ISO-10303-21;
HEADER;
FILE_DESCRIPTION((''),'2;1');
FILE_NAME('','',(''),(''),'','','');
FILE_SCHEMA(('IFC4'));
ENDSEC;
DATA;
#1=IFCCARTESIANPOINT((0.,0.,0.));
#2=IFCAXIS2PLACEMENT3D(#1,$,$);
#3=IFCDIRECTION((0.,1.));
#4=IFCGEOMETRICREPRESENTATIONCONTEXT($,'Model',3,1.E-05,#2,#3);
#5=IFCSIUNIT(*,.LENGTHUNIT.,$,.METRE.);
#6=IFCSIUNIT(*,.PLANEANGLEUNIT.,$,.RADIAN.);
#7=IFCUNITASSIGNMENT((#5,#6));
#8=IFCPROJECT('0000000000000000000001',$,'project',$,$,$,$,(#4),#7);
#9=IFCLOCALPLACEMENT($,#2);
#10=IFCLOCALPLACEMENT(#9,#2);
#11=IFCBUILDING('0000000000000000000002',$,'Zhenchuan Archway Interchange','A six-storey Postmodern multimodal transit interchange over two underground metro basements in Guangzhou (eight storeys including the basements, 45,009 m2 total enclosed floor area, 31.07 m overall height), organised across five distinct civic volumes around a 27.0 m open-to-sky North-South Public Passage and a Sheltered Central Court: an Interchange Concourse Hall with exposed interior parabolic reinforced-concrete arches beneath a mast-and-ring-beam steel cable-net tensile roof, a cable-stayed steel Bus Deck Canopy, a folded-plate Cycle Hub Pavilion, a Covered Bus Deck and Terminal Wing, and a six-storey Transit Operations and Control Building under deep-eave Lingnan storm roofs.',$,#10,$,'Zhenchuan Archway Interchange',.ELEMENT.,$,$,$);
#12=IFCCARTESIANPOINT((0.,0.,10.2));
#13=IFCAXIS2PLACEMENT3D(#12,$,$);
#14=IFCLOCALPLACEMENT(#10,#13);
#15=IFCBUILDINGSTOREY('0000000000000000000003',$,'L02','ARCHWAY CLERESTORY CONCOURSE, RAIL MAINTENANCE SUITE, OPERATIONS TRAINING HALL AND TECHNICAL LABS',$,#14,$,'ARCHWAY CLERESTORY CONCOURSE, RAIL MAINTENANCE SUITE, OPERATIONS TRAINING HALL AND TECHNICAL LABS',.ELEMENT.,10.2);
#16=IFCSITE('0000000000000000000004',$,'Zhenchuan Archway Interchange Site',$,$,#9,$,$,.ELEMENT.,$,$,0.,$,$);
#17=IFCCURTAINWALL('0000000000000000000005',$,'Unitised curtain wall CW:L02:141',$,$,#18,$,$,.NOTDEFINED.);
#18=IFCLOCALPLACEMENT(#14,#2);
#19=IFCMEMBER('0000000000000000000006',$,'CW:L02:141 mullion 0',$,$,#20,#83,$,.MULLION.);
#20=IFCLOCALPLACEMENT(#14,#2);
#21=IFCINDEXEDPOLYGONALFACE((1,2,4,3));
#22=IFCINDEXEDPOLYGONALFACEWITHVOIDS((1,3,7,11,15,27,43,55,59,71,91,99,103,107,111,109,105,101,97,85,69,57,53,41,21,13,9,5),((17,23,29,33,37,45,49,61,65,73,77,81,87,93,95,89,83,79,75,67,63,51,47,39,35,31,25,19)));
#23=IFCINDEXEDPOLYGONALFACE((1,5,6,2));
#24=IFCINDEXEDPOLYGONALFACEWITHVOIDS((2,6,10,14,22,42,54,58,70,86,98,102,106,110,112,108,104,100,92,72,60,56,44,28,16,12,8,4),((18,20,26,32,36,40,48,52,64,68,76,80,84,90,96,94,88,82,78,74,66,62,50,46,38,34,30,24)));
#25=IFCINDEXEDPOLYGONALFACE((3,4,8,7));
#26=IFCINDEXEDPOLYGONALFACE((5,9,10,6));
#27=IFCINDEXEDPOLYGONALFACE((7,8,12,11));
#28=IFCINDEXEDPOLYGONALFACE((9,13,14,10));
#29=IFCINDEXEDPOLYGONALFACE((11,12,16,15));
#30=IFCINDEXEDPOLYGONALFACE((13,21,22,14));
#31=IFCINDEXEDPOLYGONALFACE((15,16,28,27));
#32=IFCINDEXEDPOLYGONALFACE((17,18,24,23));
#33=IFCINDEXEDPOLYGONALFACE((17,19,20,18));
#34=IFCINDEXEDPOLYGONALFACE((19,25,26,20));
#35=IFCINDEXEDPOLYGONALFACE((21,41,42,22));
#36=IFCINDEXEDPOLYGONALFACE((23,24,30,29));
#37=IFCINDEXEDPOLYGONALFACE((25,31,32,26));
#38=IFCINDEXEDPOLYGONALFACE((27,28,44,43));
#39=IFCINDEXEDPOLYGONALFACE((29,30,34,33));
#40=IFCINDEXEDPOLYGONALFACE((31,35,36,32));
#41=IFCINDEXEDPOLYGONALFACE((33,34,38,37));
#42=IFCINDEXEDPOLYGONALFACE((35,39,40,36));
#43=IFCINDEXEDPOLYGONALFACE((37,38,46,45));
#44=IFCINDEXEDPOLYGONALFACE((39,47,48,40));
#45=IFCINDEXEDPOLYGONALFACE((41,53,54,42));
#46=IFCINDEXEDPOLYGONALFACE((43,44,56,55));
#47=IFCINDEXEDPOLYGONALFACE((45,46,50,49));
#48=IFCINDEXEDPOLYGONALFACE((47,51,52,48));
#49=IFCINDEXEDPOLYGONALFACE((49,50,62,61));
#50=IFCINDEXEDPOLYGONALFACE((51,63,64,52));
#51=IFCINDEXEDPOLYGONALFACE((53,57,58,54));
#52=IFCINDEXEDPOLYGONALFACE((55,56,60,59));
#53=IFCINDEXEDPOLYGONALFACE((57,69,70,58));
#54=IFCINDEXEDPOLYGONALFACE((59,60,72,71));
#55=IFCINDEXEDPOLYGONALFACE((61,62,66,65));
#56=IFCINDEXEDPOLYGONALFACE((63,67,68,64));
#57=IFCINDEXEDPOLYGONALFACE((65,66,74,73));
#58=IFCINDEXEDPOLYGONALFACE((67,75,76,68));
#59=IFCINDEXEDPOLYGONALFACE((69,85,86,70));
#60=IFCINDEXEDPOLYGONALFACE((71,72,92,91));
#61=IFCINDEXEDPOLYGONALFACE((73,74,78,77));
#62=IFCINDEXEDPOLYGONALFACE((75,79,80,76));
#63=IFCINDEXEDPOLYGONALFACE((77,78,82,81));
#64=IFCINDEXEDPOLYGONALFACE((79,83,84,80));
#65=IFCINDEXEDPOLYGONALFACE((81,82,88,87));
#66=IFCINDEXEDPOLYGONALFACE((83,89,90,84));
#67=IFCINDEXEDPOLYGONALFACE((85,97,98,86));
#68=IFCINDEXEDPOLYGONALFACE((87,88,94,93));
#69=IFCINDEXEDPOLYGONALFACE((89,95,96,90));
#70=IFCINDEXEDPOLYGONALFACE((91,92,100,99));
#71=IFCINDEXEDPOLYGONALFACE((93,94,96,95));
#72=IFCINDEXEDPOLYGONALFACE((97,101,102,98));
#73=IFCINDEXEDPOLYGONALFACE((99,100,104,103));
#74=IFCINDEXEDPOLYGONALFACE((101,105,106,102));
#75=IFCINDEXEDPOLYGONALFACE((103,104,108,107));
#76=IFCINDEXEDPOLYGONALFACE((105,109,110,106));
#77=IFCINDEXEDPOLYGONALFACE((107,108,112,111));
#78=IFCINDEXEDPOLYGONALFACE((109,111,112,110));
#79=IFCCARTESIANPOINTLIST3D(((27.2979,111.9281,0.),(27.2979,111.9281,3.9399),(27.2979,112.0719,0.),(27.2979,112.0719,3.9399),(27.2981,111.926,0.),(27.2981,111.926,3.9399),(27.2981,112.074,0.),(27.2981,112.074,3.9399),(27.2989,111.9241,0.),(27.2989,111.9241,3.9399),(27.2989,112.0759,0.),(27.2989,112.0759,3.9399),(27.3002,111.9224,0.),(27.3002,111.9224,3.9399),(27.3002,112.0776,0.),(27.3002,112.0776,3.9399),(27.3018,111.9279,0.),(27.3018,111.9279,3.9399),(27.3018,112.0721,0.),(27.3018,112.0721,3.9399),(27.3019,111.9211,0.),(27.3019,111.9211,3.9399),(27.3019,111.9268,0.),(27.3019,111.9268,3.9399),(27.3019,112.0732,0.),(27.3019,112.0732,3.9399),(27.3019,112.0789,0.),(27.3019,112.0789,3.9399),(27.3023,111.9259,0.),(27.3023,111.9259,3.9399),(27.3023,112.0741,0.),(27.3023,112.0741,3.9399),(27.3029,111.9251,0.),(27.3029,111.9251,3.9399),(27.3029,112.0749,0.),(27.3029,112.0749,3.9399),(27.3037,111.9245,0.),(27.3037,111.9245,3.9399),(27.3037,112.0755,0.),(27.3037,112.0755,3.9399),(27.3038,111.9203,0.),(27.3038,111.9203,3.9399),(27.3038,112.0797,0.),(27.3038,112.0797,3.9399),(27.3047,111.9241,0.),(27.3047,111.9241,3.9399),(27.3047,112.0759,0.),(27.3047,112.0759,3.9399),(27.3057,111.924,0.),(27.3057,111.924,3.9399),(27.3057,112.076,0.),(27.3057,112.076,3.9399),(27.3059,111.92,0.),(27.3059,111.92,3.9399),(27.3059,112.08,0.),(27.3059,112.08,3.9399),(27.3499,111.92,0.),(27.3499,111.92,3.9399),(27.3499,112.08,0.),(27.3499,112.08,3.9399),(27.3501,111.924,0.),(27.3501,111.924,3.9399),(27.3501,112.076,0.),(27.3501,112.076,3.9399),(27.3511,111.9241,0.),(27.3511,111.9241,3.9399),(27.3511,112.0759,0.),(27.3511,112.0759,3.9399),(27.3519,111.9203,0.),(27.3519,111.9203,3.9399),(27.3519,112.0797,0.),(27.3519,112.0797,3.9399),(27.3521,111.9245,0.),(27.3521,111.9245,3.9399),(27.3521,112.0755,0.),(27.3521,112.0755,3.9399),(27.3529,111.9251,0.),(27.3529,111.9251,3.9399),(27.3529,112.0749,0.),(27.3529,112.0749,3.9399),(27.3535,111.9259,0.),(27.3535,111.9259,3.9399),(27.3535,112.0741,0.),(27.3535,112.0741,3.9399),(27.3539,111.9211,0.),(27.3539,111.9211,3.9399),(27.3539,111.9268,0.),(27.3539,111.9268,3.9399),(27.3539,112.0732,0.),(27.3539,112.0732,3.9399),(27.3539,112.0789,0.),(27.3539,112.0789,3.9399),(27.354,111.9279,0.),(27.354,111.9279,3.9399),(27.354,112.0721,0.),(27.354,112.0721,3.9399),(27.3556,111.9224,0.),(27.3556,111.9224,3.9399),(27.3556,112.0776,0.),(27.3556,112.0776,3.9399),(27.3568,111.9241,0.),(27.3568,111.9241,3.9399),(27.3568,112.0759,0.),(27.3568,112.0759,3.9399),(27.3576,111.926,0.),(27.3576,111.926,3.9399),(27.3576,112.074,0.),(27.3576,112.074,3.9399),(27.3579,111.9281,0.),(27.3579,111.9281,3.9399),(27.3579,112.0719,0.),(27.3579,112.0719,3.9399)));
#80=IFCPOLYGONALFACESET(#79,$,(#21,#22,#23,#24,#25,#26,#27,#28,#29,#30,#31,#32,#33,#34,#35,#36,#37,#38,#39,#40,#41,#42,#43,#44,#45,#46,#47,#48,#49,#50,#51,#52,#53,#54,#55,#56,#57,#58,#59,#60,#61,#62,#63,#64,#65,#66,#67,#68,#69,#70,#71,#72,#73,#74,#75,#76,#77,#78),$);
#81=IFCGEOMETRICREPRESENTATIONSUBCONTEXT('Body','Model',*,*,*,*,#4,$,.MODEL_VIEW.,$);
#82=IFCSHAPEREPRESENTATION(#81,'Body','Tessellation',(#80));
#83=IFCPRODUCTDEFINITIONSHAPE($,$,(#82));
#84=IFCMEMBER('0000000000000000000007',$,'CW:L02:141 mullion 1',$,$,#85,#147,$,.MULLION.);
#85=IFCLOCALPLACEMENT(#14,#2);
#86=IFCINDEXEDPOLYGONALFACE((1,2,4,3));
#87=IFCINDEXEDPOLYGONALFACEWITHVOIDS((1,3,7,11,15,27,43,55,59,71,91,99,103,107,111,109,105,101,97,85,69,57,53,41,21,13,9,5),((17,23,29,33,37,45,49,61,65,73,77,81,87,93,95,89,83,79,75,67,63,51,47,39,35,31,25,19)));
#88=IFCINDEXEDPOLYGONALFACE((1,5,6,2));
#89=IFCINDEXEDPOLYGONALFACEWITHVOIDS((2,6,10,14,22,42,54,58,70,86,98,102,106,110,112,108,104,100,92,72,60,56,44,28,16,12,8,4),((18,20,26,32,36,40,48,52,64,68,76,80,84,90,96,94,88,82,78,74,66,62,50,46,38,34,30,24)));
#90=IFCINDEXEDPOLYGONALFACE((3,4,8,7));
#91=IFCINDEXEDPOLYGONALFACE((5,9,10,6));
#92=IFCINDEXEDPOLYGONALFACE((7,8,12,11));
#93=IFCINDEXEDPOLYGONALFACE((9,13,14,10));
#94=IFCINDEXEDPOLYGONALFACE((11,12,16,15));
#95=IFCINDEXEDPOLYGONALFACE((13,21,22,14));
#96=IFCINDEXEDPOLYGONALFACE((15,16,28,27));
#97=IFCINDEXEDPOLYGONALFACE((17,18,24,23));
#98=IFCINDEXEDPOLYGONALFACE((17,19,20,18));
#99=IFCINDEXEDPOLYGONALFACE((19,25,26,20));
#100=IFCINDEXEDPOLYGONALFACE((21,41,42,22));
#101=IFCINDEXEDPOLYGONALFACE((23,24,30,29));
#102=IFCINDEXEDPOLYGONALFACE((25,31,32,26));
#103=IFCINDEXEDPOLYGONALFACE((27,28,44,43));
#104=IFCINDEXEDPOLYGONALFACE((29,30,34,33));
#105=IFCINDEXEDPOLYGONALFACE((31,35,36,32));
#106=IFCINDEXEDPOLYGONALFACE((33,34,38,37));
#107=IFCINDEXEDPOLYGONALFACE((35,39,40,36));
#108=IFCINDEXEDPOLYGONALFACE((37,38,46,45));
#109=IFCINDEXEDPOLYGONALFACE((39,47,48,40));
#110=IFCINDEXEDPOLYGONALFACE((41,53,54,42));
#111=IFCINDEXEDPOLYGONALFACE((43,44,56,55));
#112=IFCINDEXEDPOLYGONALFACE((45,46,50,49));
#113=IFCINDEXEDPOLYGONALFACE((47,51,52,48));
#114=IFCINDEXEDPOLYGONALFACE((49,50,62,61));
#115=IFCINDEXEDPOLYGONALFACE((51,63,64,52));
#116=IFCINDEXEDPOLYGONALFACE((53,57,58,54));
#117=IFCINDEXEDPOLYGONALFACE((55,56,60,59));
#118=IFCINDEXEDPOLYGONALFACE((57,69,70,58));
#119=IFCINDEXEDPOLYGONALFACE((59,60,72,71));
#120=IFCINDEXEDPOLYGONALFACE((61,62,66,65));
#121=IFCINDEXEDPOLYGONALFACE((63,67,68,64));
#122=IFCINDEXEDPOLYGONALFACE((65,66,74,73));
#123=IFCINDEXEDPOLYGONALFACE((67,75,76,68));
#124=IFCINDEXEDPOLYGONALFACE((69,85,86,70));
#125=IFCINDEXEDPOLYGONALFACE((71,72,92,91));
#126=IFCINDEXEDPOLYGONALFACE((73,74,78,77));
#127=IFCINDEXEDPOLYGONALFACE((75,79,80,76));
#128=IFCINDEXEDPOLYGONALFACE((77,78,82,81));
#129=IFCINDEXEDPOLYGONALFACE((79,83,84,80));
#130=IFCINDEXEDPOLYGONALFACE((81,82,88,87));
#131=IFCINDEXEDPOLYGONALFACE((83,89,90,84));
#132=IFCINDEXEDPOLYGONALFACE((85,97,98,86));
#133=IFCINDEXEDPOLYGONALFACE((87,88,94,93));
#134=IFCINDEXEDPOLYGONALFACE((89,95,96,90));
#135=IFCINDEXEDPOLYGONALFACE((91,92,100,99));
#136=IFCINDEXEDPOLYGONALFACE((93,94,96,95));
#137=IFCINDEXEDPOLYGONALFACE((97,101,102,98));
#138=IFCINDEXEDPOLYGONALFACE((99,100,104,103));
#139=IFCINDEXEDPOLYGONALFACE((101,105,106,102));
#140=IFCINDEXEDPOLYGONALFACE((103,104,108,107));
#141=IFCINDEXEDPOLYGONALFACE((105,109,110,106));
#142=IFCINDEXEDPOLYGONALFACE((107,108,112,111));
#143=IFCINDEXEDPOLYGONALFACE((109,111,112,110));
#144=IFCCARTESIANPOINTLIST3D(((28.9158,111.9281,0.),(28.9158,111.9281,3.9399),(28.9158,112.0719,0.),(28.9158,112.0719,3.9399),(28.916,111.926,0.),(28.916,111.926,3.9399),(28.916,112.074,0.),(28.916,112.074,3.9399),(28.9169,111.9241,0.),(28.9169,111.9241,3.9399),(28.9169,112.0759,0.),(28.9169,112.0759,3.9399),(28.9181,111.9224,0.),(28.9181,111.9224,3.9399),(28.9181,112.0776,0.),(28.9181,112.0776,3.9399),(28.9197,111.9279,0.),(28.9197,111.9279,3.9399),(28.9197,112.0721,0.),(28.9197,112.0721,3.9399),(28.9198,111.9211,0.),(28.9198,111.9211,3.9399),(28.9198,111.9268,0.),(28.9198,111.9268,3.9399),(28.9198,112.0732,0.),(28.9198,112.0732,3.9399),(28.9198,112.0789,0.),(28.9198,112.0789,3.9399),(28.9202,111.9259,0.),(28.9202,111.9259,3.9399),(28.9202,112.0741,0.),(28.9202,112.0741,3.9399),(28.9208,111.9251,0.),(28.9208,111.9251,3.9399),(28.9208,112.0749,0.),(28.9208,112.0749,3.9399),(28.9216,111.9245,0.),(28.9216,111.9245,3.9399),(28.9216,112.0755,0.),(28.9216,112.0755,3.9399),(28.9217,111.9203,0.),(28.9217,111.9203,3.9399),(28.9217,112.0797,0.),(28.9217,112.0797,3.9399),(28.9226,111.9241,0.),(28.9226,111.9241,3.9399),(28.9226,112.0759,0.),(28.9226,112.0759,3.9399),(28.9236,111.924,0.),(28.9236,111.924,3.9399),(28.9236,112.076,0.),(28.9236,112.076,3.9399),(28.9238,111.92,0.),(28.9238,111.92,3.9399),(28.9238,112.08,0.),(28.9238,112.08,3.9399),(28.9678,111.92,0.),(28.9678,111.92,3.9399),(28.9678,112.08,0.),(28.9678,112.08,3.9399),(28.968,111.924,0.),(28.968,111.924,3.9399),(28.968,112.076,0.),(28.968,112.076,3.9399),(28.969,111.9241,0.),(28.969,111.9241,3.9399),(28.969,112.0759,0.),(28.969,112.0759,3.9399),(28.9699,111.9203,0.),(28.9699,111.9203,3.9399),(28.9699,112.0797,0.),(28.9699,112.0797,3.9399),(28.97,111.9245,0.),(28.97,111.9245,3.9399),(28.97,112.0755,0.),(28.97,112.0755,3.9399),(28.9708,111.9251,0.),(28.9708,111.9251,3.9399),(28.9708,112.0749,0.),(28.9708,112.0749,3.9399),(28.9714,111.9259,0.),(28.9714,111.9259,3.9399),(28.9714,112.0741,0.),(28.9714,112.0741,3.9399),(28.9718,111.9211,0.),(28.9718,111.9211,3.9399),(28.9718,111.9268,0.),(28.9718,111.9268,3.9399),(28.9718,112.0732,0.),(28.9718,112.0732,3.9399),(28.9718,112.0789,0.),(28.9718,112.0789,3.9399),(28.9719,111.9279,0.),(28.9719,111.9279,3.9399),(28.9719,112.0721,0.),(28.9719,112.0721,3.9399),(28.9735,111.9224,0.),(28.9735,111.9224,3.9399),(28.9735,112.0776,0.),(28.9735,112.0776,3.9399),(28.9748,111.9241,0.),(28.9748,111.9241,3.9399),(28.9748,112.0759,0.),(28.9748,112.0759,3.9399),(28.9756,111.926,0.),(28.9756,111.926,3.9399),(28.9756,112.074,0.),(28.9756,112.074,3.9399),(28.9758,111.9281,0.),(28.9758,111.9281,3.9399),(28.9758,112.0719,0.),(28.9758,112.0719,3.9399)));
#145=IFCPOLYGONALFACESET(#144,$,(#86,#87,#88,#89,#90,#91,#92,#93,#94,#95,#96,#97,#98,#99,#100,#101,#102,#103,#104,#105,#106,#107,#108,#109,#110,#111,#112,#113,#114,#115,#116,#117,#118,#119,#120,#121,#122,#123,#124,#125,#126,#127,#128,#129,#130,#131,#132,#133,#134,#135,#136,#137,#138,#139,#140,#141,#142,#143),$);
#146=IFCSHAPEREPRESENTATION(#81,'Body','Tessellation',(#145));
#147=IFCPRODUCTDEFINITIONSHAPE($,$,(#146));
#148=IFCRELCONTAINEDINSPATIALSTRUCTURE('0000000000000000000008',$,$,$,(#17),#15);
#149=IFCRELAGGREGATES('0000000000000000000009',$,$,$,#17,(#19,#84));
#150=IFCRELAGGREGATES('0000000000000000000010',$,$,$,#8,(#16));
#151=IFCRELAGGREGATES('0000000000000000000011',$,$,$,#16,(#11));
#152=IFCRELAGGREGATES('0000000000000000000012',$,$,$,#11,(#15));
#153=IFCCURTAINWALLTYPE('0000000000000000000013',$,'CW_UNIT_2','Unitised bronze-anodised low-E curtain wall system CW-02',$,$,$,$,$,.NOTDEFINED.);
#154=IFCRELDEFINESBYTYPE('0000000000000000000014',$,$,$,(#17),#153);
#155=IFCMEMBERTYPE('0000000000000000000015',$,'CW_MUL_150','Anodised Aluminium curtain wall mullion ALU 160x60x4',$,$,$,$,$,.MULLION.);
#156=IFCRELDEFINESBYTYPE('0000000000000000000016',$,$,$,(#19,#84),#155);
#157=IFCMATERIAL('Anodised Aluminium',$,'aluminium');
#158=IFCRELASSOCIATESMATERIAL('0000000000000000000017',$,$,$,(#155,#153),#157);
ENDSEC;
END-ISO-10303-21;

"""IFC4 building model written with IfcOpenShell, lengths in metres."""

from ifc_helpers import new_model, si_unit, direction, frame, origin, origin_2d, place, context, subcontext, project, spatial, hollow_rectangle, extrude, material, material_profile, profile_set, type_object, element, aggregate, save


model = new_model("IFC4")

# Units and contexts
model_context = context("Model", 3, precision=1e-05, world=origin(), true_north=direction((0.0, 1.0)))
body_context = subcontext(model_context, "Body", "Model", "MODEL_VIEW")
ifc_project = project(units=[si_unit("LENGTHUNIT", "METRE"), si_unit("PLANEANGLEUNIT", "RADIAN")], contexts=[model_context])

# Site, building, storey
site_placement = place(None, origin())
site = spatial("IfcSite", under=ifc_project, at=site_placement, Name="Zhenchuan Archway Interchange Site", CompositionType="ELEMENT", RefElevation=0.0)
building_placement = place(site_placement, origin())
building = spatial("IfcBuilding", under=site, at=building_placement, Name="Zhenchuan Archway Interchange", Description="A six-storey Postmodern multimodal transit interchange over two underground metro basements in Guangzhou (eight storeys including the basements, 45,009 m2 total enclosed floor area, 31.07 m overall height), organised across five distinct civic volumes around a 27.0 m open-to-sky North-South Public Passage and a Sheltered Central Court: an Interchange Concourse Hall with exposed interior parabolic reinforced-concrete arches beneath a mast-and-ring-beam steel cable-net tensile roof, a cable-stayed steel Bus Deck Canopy, a folded-plate Cycle Hub Pavilion, a Covered Bus Deck and Terminal Wing, and a six-storey Transit Operations and Control Building under deep-eave Lingnan storm roofs.", LongName="Zhenchuan Archway Interchange", CompositionType="ELEMENT")
storey_placement = place(building_placement, frame((0.0, 0.0, 10.2)))
storey = spatial("IfcBuildingStorey", under=building, at=storey_placement, Name="L02", Description="ARCHWAY CLERESTORY CONCOURSE, RAIL MAINTENANCE SUITE, OPERATIONS TRAINING HALL AND TECHNICAL LABS", LongName="ARCHWAY CLERESTORY CONCOURSE, RAIL MAINTENANCE SUITE, OPERATIONS TRAINING HALL AND TECHNICAL LABS", CompositionType="ELEMENT", Elevation=10.2)

# Curtain wall, members
ifc_material_1 = material(Name="Anodised Aluminium", Category="aluminium")
ifc_material_profile_1 = material_profile(ifc_material_1, hollow_rectangle(XDim=0.0601, YDim=0.1599, WallThickness=0.0039, InnerFilletRadius=0.0039, OuterFilletRadius=0.0081, at=origin_2d()), Name="ALU 160x60x4")
ifc_profile_set_1 = profile_set([ifc_material_profile_1], Name="Anodised Aluminium")
member_type_1 = type_object("IfcMemberType", Name="CW_MUL_150", Description="Anodised Aluminium curtain wall mullion ALU 160x60x4", PredefinedType="MULLION", material=ifc_profile_set_1)
curtain_wall_type_1 = type_object("IfcCurtainWallType", Name="CW_UNIT_2", Description="Unitised bronze-anodised low-E curtain wall system CW-02", PredefinedType="NOTDEFINED", material=ifc_material_1)
curtain_wall_1_placement = place(storey_placement, origin())
curtain_wall_1 = element("IfcCurtainWall", 1, at=curtain_wall_1_placement, inside=storey, type_object=curtain_wall_type_1, Name="Unitised curtain wall CW:L02:141", PredefinedType="NOTDEFINED")
member_1_placement = place(storey_placement, frame((27.3279, 112.0, 0.0), z_axis=(0.0, 0.0, 1.0), x_axis=(1.0, 0.0, 0.0)))
member_1 = element("IfcMember", 2, at=member_1_placement, type_object=member_type_1, Name="CW:L02:141 mullion 0", PredefinedType="MULLION", context=body_context, shape_type="SweptSolid", body=[
    extrude(hollow_rectangle(XDim=0.0601, YDim=0.1599, WallThickness=0.0039, InnerFilletRadius=0.0039, OuterFilletRadius=0.0081, at=origin_2d()), origin(), (0.0, 0.0, 1.0), 3.9399),
])
member_2_placement = place(storey_placement, frame((28.9458, 112.0, 0.0), z_axis=(0.0, 0.0, 1.0), x_axis=(1.0, 0.0, 0.0)))
member_2 = element("IfcMember", 3, at=member_2_placement, type_object=member_type_1, Name="CW:L02:141 mullion 1", PredefinedType="MULLION", context=body_context, shape_type="SweptSolid", body=[
    extrude(hollow_rectangle(XDim=0.0601, YDim=0.1599, WallThickness=0.0039, InnerFilletRadius=0.0039, OuterFilletRadius=0.0081, at=origin_2d()), origin(), (0.0, 0.0, 1.0), 3.9399),
])

aggregate(curtain_wall_1, [member_1, member_2])

save(model, "model.ifc")
